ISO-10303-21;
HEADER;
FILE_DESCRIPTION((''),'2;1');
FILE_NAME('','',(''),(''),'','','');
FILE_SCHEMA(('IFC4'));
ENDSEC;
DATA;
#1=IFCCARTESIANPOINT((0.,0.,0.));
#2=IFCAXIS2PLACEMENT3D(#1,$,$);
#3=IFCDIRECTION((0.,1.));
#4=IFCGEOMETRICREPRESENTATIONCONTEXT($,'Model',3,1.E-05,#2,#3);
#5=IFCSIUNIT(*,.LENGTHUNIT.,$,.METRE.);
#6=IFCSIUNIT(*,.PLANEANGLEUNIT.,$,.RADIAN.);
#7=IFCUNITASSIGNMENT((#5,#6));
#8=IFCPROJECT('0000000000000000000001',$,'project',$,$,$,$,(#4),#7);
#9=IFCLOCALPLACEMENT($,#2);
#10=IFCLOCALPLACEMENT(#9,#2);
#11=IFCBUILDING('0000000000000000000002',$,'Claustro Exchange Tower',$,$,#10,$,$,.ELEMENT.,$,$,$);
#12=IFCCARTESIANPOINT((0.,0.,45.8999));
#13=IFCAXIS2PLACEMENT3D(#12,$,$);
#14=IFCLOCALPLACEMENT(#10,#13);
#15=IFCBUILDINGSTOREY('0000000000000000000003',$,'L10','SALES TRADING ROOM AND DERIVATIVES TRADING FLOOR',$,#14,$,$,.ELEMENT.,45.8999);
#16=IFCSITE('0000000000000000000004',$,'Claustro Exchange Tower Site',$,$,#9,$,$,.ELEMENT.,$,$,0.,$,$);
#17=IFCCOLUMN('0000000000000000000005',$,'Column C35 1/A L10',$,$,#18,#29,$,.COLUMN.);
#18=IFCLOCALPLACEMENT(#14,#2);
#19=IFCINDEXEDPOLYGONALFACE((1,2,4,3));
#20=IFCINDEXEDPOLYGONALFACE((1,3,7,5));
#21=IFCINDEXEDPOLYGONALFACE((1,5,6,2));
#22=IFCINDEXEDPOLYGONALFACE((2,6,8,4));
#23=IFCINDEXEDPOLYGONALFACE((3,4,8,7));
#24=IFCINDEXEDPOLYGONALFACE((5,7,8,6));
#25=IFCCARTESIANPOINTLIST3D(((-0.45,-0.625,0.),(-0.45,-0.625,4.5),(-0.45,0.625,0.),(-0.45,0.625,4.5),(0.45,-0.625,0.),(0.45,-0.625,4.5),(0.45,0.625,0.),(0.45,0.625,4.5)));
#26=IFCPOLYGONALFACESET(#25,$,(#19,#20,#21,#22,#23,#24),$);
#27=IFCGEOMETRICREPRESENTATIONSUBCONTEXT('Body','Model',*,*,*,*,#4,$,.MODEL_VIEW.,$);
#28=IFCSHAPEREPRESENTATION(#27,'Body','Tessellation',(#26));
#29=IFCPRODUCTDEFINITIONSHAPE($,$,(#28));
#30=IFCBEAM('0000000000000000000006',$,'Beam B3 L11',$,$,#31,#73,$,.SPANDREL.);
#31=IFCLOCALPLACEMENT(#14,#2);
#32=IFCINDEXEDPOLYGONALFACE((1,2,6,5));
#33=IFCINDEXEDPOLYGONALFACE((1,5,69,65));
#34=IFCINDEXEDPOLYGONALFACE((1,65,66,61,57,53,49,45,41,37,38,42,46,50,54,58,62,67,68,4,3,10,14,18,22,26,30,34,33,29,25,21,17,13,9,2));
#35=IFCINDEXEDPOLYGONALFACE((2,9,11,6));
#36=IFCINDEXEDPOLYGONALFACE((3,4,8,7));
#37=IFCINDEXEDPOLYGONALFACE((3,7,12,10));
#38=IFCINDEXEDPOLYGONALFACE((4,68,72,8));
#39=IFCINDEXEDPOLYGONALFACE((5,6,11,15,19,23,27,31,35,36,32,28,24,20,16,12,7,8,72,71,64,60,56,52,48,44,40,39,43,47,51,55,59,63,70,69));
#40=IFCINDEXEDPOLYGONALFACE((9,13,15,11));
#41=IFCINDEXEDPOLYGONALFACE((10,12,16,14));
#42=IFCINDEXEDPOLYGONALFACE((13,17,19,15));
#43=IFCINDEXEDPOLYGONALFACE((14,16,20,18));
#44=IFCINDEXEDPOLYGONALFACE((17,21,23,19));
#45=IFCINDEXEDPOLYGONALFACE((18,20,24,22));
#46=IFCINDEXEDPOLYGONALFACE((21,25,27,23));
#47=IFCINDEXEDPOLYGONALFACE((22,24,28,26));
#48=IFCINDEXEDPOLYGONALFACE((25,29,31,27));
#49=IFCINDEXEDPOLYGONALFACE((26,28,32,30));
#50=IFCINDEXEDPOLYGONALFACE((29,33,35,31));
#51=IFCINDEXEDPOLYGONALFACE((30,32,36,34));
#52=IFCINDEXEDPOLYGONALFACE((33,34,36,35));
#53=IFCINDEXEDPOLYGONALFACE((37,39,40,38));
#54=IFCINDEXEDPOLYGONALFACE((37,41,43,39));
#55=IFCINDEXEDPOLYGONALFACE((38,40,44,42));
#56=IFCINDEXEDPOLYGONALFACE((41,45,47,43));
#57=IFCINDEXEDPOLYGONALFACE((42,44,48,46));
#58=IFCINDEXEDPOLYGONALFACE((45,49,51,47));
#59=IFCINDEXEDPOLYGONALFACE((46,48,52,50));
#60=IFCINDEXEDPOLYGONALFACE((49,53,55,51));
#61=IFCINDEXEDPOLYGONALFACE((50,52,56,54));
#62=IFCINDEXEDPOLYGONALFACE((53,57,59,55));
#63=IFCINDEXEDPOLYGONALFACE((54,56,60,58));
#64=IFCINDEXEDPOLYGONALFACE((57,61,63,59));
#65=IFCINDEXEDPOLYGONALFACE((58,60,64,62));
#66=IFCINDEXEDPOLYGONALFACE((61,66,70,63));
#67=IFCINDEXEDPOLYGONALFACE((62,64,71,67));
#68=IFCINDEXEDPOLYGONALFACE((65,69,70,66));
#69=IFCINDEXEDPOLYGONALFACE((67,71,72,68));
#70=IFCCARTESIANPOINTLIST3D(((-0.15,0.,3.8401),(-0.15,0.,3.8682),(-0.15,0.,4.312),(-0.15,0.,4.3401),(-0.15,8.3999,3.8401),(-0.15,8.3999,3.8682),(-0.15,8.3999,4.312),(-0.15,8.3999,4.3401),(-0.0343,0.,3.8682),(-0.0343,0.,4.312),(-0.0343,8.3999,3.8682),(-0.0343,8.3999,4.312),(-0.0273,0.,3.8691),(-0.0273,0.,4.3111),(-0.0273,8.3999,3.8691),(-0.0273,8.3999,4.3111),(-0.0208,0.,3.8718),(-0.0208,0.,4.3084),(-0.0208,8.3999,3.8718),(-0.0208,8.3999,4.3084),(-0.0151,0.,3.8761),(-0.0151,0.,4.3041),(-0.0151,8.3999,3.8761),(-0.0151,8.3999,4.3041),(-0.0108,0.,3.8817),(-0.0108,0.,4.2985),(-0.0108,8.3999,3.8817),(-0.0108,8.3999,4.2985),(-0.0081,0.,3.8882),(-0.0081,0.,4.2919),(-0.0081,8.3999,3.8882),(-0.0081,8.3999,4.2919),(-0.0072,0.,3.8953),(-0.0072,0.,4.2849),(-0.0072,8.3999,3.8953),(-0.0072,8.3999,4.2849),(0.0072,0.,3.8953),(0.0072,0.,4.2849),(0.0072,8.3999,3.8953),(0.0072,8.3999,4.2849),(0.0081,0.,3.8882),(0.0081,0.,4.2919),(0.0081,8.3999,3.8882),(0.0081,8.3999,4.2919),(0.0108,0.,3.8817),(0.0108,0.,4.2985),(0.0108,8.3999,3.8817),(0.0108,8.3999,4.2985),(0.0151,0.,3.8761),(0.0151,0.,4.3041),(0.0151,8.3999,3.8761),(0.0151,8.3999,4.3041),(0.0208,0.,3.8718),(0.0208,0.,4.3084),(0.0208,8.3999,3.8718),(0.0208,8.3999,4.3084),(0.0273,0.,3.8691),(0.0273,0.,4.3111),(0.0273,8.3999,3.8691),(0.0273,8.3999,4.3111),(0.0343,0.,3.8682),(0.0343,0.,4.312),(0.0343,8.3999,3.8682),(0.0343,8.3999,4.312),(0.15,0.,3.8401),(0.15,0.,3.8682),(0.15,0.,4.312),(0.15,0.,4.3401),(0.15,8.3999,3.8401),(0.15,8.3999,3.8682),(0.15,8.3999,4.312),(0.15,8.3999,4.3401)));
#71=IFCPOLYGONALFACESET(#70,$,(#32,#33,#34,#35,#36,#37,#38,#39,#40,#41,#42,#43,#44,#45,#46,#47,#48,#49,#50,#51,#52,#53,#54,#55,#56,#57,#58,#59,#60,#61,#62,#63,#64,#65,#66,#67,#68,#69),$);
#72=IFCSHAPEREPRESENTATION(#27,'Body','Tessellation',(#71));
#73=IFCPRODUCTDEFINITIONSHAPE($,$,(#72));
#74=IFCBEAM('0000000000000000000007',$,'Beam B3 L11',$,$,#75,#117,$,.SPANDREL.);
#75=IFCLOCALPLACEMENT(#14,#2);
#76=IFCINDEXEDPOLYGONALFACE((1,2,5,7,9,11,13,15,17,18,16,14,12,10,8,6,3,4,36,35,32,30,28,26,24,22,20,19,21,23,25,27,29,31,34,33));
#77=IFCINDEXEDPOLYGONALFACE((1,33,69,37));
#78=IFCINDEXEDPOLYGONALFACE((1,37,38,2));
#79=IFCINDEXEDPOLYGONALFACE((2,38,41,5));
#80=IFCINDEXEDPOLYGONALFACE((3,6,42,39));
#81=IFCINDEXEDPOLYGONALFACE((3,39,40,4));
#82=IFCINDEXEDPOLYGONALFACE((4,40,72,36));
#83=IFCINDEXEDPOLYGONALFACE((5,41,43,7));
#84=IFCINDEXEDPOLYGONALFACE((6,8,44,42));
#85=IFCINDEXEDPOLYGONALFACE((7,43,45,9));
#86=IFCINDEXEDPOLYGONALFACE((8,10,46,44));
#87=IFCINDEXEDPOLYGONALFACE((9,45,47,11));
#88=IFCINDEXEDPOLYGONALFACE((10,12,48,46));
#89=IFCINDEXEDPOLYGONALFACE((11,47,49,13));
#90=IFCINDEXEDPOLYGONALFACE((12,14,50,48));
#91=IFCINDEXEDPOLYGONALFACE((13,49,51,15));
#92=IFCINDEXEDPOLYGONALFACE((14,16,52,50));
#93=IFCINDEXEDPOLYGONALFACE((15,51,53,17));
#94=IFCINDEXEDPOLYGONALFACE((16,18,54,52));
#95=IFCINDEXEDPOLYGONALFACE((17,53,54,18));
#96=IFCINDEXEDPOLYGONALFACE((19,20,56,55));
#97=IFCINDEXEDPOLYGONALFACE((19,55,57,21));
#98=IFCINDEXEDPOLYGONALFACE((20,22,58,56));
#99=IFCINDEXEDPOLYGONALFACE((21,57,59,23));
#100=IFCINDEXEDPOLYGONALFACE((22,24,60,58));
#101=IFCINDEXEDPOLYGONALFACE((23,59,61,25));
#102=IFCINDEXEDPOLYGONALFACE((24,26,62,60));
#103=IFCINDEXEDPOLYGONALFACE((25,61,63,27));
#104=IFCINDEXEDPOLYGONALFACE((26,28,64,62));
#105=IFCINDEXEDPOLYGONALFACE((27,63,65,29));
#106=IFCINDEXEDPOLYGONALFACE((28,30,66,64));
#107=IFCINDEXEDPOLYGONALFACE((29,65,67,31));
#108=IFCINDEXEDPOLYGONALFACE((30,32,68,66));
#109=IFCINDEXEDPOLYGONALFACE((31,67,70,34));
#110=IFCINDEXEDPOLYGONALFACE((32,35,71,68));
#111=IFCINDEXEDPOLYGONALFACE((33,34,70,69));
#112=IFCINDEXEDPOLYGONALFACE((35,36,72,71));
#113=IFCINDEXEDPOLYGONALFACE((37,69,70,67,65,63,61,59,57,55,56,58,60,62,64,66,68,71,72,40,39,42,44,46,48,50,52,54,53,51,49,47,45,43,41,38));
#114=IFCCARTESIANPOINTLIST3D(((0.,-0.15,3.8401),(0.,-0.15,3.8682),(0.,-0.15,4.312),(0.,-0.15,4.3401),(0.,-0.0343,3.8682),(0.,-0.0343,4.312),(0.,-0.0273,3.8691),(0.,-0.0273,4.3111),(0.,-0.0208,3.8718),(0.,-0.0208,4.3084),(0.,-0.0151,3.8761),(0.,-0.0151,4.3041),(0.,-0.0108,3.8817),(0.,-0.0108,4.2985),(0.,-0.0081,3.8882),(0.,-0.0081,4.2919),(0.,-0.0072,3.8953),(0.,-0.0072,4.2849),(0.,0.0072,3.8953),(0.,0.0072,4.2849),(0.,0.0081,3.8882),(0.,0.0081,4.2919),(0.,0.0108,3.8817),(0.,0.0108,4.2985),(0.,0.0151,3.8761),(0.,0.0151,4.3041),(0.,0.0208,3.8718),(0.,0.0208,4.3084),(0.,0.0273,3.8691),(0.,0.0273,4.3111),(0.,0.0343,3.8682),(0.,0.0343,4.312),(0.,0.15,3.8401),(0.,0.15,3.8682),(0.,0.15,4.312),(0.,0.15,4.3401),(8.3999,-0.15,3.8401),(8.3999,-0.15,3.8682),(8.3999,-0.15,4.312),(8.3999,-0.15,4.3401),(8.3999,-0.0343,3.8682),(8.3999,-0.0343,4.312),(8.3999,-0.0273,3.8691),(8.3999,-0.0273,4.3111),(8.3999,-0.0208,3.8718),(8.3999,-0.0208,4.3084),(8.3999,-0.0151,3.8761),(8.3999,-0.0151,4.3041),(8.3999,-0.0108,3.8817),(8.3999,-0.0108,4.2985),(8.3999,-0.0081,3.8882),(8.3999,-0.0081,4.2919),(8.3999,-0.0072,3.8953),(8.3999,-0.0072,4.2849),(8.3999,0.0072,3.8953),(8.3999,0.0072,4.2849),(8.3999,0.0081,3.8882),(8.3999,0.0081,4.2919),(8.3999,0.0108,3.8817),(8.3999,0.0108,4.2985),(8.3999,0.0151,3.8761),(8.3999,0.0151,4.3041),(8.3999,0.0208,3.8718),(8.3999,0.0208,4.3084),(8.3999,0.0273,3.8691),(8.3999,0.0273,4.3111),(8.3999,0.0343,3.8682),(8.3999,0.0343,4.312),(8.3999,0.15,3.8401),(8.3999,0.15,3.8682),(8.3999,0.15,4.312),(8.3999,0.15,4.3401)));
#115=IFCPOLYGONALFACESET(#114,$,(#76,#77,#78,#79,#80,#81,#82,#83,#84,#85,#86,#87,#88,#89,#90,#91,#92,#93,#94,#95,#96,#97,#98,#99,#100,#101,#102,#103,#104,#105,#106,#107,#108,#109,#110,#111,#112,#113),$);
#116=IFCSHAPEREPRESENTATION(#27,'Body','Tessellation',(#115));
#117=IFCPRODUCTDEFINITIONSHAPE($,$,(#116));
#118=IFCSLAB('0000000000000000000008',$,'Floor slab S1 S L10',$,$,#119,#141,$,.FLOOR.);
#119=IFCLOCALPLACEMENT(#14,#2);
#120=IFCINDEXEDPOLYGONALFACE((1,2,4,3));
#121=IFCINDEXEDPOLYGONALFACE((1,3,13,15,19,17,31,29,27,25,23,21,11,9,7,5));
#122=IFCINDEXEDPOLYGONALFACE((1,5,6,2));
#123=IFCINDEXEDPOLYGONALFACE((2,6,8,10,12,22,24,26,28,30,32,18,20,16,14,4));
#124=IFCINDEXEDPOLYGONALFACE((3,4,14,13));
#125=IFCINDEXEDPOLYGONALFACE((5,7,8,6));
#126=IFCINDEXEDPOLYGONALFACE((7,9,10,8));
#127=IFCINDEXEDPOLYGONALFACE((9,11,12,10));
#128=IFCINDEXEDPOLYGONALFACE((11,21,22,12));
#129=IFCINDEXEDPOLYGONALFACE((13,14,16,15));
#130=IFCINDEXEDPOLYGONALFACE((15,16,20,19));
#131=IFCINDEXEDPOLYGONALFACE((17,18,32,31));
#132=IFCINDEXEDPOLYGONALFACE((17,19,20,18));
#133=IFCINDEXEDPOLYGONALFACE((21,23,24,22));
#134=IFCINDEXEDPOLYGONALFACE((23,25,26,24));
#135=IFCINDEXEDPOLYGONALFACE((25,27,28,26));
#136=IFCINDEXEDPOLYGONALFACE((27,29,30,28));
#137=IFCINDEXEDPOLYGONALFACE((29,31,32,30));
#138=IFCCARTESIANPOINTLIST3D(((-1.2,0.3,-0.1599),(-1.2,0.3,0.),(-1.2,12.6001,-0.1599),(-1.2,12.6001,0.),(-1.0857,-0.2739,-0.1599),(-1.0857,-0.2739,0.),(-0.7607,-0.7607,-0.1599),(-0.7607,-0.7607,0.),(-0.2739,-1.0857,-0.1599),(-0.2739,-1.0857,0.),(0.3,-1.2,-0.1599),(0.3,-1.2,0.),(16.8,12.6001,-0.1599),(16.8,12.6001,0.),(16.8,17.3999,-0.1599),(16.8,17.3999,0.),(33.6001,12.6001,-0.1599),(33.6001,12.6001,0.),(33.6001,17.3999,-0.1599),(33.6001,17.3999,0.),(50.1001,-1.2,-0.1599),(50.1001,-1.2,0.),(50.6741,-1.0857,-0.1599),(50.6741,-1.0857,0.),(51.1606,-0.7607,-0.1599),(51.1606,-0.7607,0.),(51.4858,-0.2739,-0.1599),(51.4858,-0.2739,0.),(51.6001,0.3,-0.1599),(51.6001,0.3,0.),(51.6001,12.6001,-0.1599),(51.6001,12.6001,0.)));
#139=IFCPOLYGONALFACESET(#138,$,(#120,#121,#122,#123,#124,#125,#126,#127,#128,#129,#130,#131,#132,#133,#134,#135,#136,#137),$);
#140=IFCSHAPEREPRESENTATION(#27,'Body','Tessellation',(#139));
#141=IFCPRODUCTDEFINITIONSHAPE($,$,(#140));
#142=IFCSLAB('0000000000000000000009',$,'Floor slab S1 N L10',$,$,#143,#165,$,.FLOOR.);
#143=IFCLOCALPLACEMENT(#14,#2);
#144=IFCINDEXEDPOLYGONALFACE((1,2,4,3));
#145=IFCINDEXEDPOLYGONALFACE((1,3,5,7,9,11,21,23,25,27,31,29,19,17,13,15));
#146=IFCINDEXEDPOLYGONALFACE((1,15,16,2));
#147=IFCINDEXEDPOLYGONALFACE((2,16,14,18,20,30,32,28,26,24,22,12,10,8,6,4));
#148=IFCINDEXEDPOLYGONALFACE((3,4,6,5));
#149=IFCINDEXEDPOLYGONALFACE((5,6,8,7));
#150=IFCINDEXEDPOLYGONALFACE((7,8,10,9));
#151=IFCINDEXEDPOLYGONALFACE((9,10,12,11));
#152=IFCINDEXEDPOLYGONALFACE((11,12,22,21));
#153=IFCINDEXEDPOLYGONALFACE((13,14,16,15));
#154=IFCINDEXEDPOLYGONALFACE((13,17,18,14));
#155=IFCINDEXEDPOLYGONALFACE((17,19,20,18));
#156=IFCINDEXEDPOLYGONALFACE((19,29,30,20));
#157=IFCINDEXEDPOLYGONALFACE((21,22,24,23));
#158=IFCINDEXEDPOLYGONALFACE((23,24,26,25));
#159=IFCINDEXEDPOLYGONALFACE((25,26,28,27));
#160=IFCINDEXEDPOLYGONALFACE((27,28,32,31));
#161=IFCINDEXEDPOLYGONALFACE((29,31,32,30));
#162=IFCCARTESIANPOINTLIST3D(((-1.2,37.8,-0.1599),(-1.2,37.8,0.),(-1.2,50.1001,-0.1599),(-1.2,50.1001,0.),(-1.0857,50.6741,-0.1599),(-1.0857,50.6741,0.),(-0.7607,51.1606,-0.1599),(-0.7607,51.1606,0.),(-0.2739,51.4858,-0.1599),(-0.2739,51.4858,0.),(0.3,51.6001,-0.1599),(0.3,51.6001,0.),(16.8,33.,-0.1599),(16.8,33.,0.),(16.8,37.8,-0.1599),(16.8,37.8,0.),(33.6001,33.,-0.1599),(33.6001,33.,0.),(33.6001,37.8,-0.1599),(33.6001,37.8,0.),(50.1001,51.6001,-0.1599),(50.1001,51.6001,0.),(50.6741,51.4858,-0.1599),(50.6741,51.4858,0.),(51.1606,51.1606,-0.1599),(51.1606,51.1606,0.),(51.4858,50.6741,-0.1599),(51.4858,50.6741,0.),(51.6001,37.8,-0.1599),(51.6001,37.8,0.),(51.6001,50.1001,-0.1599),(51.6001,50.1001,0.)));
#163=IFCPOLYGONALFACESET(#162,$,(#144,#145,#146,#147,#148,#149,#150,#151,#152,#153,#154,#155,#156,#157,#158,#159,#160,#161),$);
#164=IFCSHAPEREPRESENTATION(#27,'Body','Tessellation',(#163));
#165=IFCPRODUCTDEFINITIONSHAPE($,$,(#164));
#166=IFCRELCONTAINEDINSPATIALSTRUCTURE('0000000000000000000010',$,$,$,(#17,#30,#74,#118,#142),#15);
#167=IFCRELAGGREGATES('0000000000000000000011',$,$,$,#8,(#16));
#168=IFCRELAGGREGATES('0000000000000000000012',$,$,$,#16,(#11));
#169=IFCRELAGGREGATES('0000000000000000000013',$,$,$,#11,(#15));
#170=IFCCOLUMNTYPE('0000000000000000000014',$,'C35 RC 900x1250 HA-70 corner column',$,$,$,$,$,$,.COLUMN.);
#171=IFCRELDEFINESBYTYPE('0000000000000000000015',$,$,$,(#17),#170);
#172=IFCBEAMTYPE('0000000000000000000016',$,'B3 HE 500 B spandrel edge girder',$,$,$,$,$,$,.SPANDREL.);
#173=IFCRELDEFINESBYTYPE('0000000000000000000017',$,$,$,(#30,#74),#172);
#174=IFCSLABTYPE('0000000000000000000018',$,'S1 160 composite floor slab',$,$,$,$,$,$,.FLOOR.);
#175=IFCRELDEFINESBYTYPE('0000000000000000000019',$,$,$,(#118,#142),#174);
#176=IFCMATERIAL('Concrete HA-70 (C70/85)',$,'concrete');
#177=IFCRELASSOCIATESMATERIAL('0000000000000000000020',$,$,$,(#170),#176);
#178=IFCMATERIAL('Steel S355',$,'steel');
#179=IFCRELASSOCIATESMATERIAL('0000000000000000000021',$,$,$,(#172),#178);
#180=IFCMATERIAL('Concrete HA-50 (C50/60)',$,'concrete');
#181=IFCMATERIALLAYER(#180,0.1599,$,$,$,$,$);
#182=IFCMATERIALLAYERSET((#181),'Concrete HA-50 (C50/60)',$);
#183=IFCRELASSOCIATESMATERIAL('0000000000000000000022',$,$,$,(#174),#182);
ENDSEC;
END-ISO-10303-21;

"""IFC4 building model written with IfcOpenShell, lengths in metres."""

from ifc_helpers import new_model, si_unit, direction, frame, origin, origin_with_axes, origin_2d, place, context, subcontext, project, spatial, polyline, rectangle, i_section, outline, extrude, material, layer, layer_set, material_profile, profile_set, type_object, element, save


model = new_model("IFC4")

# Units and contexts
model_context = context("Model", 3, precision=1e-05, world=origin(), true_north=direction((0.0, 1.0)))
body_context = subcontext(model_context, "Body", "Model", "MODEL_VIEW")
ifc_project = project(units=[si_unit("LENGTHUNIT", "METRE"), si_unit("PLANEANGLEUNIT", "RADIAN")], contexts=[model_context])

# Site, building, storey
site_placement = place(None, origin())
site = spatial("IfcSite", under=ifc_project, at=site_placement, Name="Claustro Exchange Tower Site", CompositionType="ELEMENT", RefElevation=0.0)
building_placement = place(site_placement, origin())
building = spatial("IfcBuilding", under=site, at=building_placement, Name="Claustro Exchange Tower", CompositionType="ELEMENT")
storey_placement = place(building_placement, frame((0.0, 0.0, 45.8999)))
storey = spatial("IfcBuildingStorey", under=building, at=storey_placement, Name="L10", Description="SALES TRADING ROOM AND DERIVATIVES TRADING FLOOR", CompositionType="ELEMENT", Elevation=45.8999)

# Column
ifc_material_1 = material(Name="Concrete HA-70 (C70/85)", Category="concrete")
ifc_material_profile_1 = material_profile(ifc_material_1, rectangle(XDim=0.8999, YDim=1.25, at=origin_2d()), Name="RC 900x1250")
ifc_profile_set_1 = profile_set([ifc_material_profile_1], Name="Concrete HA-70 (C70/85)")
column_type = type_object("IfcColumnType", Name="C35 RC 900x1250 HA-70 corner column", PredefinedType="COLUMN", material=ifc_profile_set_1)
column_placement = place(storey_placement, origin_with_axes())
element("IfcColumn", 1, at=column_placement, inside=storey, type_object=column_type, Name="Column C35 1/A L10", PredefinedType="COLUMN", context=body_context, shape_type="SweptSolid", body=[
    extrude(rectangle(XDim=0.8999, YDim=1.25, at=origin_2d()), origin(), (0.0, 0.0, 1.0), 4.5),
])

# Beams
ifc_material_2 = material(Name="Steel S355", Category="steel")
ifc_material_profile_2 = material_profile(ifc_material_2, i_section(OverallWidth=0.3, OverallDepth=0.5, WebThickness=0.0144, FlangeThickness=0.0281, FilletRadius=0.0271, at=origin_2d()), Name="HE 500 B")
ifc_profile_set_2 = profile_set([ifc_material_profile_2], Name="Steel S355")
beam_type = type_object("IfcBeamType", Name="B3 HE 500 B spandrel edge girder", PredefinedType="SPANDREL", material=ifc_profile_set_2)
for number, where, z_axis, x_axis, name in (
    (2, (0.0, 0.0, 4.0901), (0.0, 1.0, 0.0), (-1.0, 0.0, 0.0), "Beam B3 L11"),
    (3, (0.0, 0.0, 4.0901), (1.0, 0.0, 0.0), (0.0, 1.0, 0.0), "Beam B3 L11"),
):
    element("IfcBeam", number, at=place(storey_placement, frame(where, z_axis=z_axis, x_axis=x_axis)), inside=storey, type_object=beam_type, Name=name, PredefinedType="SPANDREL", context=body_context, shape_type="SweptSolid", body=[
        extrude(i_section(OverallWidth=0.3, OverallDepth=0.5, WebThickness=0.0144, FlangeThickness=0.0281, FilletRadius=0.0271, at=origin_2d()), origin(), (0.0, 0.0, 1.0), 8.3999),
    ])

# Slabs
ifc_material_3 = material(Name="Concrete HA-50 (C50/60)", Category="concrete")
ifc_layer_1 = layer(ifc_material_3, 0.1599)
ifc_layer_set_1 = layer_set([ifc_layer_1], Name="Concrete HA-50 (C50/60)")
slab_type_1 = type_object("IfcSlabType", Name="S1 160 composite floor slab", PredefinedType="FLOOR", material=ifc_layer_set_1)
slab_1_placement = place(storey_placement, frame((0.0, 0.0, -0.1599)))
element("IfcSlab", 4, at=slab_1_placement, inside=storey, type_object=slab_type_1, Name="Floor slab S1 S L10", PredefinedType="FLOOR", context=body_context, shape_type="SweptSolid", body=[
    extrude(outline(polyline([(-0.2739, -1.0857), (0.3, -1.2), (50.1001, -1.2), (50.6741, -1.0857), (51.1606, -0.7607), (51.4858, -0.2739), (51.6001, 0.3), (51.6001, 12.6001), (33.6001, 12.6001), (33.6001, 17.3999), (16.8, 17.3999), (16.8, 12.6001), (-1.2, 12.6001), (-1.2, 0.3), (-1.0857, -0.2739), (-0.7607, -0.7607), (-0.2739, -1.0857)])), origin(), (0.0, 0.0, 1.0), 0.1599),
])
slab_2_placement = place(storey_placement, frame((0.0, 0.0, -0.1599)))
element("IfcSlab", 5, at=slab_2_placement, inside=storey, type_object=slab_type_1, Name="Floor slab S1 N L10", PredefinedType="FLOOR", context=body_context, shape_type="SweptSolid", body=[
    extrude(outline(polyline([(16.8, 37.8), (16.8, 33.0), (33.6001, 33.0), (33.6001, 37.8), (51.6001, 37.8), (51.6001, 50.1001), (51.4858, 50.6741), (51.1606, 51.1606), (50.6741, 51.4858), (50.1001, 51.6001), (0.3, 51.6001), (-0.2739, 51.4858), (-0.7607, 51.1606), (-1.0857, 50.6741), (-1.2, 50.1001), (-1.2, 37.8), (16.8, 37.8)])), origin(), (0.0, 0.0, 1.0), 0.1599),
])

save(model, "model.ifc")
